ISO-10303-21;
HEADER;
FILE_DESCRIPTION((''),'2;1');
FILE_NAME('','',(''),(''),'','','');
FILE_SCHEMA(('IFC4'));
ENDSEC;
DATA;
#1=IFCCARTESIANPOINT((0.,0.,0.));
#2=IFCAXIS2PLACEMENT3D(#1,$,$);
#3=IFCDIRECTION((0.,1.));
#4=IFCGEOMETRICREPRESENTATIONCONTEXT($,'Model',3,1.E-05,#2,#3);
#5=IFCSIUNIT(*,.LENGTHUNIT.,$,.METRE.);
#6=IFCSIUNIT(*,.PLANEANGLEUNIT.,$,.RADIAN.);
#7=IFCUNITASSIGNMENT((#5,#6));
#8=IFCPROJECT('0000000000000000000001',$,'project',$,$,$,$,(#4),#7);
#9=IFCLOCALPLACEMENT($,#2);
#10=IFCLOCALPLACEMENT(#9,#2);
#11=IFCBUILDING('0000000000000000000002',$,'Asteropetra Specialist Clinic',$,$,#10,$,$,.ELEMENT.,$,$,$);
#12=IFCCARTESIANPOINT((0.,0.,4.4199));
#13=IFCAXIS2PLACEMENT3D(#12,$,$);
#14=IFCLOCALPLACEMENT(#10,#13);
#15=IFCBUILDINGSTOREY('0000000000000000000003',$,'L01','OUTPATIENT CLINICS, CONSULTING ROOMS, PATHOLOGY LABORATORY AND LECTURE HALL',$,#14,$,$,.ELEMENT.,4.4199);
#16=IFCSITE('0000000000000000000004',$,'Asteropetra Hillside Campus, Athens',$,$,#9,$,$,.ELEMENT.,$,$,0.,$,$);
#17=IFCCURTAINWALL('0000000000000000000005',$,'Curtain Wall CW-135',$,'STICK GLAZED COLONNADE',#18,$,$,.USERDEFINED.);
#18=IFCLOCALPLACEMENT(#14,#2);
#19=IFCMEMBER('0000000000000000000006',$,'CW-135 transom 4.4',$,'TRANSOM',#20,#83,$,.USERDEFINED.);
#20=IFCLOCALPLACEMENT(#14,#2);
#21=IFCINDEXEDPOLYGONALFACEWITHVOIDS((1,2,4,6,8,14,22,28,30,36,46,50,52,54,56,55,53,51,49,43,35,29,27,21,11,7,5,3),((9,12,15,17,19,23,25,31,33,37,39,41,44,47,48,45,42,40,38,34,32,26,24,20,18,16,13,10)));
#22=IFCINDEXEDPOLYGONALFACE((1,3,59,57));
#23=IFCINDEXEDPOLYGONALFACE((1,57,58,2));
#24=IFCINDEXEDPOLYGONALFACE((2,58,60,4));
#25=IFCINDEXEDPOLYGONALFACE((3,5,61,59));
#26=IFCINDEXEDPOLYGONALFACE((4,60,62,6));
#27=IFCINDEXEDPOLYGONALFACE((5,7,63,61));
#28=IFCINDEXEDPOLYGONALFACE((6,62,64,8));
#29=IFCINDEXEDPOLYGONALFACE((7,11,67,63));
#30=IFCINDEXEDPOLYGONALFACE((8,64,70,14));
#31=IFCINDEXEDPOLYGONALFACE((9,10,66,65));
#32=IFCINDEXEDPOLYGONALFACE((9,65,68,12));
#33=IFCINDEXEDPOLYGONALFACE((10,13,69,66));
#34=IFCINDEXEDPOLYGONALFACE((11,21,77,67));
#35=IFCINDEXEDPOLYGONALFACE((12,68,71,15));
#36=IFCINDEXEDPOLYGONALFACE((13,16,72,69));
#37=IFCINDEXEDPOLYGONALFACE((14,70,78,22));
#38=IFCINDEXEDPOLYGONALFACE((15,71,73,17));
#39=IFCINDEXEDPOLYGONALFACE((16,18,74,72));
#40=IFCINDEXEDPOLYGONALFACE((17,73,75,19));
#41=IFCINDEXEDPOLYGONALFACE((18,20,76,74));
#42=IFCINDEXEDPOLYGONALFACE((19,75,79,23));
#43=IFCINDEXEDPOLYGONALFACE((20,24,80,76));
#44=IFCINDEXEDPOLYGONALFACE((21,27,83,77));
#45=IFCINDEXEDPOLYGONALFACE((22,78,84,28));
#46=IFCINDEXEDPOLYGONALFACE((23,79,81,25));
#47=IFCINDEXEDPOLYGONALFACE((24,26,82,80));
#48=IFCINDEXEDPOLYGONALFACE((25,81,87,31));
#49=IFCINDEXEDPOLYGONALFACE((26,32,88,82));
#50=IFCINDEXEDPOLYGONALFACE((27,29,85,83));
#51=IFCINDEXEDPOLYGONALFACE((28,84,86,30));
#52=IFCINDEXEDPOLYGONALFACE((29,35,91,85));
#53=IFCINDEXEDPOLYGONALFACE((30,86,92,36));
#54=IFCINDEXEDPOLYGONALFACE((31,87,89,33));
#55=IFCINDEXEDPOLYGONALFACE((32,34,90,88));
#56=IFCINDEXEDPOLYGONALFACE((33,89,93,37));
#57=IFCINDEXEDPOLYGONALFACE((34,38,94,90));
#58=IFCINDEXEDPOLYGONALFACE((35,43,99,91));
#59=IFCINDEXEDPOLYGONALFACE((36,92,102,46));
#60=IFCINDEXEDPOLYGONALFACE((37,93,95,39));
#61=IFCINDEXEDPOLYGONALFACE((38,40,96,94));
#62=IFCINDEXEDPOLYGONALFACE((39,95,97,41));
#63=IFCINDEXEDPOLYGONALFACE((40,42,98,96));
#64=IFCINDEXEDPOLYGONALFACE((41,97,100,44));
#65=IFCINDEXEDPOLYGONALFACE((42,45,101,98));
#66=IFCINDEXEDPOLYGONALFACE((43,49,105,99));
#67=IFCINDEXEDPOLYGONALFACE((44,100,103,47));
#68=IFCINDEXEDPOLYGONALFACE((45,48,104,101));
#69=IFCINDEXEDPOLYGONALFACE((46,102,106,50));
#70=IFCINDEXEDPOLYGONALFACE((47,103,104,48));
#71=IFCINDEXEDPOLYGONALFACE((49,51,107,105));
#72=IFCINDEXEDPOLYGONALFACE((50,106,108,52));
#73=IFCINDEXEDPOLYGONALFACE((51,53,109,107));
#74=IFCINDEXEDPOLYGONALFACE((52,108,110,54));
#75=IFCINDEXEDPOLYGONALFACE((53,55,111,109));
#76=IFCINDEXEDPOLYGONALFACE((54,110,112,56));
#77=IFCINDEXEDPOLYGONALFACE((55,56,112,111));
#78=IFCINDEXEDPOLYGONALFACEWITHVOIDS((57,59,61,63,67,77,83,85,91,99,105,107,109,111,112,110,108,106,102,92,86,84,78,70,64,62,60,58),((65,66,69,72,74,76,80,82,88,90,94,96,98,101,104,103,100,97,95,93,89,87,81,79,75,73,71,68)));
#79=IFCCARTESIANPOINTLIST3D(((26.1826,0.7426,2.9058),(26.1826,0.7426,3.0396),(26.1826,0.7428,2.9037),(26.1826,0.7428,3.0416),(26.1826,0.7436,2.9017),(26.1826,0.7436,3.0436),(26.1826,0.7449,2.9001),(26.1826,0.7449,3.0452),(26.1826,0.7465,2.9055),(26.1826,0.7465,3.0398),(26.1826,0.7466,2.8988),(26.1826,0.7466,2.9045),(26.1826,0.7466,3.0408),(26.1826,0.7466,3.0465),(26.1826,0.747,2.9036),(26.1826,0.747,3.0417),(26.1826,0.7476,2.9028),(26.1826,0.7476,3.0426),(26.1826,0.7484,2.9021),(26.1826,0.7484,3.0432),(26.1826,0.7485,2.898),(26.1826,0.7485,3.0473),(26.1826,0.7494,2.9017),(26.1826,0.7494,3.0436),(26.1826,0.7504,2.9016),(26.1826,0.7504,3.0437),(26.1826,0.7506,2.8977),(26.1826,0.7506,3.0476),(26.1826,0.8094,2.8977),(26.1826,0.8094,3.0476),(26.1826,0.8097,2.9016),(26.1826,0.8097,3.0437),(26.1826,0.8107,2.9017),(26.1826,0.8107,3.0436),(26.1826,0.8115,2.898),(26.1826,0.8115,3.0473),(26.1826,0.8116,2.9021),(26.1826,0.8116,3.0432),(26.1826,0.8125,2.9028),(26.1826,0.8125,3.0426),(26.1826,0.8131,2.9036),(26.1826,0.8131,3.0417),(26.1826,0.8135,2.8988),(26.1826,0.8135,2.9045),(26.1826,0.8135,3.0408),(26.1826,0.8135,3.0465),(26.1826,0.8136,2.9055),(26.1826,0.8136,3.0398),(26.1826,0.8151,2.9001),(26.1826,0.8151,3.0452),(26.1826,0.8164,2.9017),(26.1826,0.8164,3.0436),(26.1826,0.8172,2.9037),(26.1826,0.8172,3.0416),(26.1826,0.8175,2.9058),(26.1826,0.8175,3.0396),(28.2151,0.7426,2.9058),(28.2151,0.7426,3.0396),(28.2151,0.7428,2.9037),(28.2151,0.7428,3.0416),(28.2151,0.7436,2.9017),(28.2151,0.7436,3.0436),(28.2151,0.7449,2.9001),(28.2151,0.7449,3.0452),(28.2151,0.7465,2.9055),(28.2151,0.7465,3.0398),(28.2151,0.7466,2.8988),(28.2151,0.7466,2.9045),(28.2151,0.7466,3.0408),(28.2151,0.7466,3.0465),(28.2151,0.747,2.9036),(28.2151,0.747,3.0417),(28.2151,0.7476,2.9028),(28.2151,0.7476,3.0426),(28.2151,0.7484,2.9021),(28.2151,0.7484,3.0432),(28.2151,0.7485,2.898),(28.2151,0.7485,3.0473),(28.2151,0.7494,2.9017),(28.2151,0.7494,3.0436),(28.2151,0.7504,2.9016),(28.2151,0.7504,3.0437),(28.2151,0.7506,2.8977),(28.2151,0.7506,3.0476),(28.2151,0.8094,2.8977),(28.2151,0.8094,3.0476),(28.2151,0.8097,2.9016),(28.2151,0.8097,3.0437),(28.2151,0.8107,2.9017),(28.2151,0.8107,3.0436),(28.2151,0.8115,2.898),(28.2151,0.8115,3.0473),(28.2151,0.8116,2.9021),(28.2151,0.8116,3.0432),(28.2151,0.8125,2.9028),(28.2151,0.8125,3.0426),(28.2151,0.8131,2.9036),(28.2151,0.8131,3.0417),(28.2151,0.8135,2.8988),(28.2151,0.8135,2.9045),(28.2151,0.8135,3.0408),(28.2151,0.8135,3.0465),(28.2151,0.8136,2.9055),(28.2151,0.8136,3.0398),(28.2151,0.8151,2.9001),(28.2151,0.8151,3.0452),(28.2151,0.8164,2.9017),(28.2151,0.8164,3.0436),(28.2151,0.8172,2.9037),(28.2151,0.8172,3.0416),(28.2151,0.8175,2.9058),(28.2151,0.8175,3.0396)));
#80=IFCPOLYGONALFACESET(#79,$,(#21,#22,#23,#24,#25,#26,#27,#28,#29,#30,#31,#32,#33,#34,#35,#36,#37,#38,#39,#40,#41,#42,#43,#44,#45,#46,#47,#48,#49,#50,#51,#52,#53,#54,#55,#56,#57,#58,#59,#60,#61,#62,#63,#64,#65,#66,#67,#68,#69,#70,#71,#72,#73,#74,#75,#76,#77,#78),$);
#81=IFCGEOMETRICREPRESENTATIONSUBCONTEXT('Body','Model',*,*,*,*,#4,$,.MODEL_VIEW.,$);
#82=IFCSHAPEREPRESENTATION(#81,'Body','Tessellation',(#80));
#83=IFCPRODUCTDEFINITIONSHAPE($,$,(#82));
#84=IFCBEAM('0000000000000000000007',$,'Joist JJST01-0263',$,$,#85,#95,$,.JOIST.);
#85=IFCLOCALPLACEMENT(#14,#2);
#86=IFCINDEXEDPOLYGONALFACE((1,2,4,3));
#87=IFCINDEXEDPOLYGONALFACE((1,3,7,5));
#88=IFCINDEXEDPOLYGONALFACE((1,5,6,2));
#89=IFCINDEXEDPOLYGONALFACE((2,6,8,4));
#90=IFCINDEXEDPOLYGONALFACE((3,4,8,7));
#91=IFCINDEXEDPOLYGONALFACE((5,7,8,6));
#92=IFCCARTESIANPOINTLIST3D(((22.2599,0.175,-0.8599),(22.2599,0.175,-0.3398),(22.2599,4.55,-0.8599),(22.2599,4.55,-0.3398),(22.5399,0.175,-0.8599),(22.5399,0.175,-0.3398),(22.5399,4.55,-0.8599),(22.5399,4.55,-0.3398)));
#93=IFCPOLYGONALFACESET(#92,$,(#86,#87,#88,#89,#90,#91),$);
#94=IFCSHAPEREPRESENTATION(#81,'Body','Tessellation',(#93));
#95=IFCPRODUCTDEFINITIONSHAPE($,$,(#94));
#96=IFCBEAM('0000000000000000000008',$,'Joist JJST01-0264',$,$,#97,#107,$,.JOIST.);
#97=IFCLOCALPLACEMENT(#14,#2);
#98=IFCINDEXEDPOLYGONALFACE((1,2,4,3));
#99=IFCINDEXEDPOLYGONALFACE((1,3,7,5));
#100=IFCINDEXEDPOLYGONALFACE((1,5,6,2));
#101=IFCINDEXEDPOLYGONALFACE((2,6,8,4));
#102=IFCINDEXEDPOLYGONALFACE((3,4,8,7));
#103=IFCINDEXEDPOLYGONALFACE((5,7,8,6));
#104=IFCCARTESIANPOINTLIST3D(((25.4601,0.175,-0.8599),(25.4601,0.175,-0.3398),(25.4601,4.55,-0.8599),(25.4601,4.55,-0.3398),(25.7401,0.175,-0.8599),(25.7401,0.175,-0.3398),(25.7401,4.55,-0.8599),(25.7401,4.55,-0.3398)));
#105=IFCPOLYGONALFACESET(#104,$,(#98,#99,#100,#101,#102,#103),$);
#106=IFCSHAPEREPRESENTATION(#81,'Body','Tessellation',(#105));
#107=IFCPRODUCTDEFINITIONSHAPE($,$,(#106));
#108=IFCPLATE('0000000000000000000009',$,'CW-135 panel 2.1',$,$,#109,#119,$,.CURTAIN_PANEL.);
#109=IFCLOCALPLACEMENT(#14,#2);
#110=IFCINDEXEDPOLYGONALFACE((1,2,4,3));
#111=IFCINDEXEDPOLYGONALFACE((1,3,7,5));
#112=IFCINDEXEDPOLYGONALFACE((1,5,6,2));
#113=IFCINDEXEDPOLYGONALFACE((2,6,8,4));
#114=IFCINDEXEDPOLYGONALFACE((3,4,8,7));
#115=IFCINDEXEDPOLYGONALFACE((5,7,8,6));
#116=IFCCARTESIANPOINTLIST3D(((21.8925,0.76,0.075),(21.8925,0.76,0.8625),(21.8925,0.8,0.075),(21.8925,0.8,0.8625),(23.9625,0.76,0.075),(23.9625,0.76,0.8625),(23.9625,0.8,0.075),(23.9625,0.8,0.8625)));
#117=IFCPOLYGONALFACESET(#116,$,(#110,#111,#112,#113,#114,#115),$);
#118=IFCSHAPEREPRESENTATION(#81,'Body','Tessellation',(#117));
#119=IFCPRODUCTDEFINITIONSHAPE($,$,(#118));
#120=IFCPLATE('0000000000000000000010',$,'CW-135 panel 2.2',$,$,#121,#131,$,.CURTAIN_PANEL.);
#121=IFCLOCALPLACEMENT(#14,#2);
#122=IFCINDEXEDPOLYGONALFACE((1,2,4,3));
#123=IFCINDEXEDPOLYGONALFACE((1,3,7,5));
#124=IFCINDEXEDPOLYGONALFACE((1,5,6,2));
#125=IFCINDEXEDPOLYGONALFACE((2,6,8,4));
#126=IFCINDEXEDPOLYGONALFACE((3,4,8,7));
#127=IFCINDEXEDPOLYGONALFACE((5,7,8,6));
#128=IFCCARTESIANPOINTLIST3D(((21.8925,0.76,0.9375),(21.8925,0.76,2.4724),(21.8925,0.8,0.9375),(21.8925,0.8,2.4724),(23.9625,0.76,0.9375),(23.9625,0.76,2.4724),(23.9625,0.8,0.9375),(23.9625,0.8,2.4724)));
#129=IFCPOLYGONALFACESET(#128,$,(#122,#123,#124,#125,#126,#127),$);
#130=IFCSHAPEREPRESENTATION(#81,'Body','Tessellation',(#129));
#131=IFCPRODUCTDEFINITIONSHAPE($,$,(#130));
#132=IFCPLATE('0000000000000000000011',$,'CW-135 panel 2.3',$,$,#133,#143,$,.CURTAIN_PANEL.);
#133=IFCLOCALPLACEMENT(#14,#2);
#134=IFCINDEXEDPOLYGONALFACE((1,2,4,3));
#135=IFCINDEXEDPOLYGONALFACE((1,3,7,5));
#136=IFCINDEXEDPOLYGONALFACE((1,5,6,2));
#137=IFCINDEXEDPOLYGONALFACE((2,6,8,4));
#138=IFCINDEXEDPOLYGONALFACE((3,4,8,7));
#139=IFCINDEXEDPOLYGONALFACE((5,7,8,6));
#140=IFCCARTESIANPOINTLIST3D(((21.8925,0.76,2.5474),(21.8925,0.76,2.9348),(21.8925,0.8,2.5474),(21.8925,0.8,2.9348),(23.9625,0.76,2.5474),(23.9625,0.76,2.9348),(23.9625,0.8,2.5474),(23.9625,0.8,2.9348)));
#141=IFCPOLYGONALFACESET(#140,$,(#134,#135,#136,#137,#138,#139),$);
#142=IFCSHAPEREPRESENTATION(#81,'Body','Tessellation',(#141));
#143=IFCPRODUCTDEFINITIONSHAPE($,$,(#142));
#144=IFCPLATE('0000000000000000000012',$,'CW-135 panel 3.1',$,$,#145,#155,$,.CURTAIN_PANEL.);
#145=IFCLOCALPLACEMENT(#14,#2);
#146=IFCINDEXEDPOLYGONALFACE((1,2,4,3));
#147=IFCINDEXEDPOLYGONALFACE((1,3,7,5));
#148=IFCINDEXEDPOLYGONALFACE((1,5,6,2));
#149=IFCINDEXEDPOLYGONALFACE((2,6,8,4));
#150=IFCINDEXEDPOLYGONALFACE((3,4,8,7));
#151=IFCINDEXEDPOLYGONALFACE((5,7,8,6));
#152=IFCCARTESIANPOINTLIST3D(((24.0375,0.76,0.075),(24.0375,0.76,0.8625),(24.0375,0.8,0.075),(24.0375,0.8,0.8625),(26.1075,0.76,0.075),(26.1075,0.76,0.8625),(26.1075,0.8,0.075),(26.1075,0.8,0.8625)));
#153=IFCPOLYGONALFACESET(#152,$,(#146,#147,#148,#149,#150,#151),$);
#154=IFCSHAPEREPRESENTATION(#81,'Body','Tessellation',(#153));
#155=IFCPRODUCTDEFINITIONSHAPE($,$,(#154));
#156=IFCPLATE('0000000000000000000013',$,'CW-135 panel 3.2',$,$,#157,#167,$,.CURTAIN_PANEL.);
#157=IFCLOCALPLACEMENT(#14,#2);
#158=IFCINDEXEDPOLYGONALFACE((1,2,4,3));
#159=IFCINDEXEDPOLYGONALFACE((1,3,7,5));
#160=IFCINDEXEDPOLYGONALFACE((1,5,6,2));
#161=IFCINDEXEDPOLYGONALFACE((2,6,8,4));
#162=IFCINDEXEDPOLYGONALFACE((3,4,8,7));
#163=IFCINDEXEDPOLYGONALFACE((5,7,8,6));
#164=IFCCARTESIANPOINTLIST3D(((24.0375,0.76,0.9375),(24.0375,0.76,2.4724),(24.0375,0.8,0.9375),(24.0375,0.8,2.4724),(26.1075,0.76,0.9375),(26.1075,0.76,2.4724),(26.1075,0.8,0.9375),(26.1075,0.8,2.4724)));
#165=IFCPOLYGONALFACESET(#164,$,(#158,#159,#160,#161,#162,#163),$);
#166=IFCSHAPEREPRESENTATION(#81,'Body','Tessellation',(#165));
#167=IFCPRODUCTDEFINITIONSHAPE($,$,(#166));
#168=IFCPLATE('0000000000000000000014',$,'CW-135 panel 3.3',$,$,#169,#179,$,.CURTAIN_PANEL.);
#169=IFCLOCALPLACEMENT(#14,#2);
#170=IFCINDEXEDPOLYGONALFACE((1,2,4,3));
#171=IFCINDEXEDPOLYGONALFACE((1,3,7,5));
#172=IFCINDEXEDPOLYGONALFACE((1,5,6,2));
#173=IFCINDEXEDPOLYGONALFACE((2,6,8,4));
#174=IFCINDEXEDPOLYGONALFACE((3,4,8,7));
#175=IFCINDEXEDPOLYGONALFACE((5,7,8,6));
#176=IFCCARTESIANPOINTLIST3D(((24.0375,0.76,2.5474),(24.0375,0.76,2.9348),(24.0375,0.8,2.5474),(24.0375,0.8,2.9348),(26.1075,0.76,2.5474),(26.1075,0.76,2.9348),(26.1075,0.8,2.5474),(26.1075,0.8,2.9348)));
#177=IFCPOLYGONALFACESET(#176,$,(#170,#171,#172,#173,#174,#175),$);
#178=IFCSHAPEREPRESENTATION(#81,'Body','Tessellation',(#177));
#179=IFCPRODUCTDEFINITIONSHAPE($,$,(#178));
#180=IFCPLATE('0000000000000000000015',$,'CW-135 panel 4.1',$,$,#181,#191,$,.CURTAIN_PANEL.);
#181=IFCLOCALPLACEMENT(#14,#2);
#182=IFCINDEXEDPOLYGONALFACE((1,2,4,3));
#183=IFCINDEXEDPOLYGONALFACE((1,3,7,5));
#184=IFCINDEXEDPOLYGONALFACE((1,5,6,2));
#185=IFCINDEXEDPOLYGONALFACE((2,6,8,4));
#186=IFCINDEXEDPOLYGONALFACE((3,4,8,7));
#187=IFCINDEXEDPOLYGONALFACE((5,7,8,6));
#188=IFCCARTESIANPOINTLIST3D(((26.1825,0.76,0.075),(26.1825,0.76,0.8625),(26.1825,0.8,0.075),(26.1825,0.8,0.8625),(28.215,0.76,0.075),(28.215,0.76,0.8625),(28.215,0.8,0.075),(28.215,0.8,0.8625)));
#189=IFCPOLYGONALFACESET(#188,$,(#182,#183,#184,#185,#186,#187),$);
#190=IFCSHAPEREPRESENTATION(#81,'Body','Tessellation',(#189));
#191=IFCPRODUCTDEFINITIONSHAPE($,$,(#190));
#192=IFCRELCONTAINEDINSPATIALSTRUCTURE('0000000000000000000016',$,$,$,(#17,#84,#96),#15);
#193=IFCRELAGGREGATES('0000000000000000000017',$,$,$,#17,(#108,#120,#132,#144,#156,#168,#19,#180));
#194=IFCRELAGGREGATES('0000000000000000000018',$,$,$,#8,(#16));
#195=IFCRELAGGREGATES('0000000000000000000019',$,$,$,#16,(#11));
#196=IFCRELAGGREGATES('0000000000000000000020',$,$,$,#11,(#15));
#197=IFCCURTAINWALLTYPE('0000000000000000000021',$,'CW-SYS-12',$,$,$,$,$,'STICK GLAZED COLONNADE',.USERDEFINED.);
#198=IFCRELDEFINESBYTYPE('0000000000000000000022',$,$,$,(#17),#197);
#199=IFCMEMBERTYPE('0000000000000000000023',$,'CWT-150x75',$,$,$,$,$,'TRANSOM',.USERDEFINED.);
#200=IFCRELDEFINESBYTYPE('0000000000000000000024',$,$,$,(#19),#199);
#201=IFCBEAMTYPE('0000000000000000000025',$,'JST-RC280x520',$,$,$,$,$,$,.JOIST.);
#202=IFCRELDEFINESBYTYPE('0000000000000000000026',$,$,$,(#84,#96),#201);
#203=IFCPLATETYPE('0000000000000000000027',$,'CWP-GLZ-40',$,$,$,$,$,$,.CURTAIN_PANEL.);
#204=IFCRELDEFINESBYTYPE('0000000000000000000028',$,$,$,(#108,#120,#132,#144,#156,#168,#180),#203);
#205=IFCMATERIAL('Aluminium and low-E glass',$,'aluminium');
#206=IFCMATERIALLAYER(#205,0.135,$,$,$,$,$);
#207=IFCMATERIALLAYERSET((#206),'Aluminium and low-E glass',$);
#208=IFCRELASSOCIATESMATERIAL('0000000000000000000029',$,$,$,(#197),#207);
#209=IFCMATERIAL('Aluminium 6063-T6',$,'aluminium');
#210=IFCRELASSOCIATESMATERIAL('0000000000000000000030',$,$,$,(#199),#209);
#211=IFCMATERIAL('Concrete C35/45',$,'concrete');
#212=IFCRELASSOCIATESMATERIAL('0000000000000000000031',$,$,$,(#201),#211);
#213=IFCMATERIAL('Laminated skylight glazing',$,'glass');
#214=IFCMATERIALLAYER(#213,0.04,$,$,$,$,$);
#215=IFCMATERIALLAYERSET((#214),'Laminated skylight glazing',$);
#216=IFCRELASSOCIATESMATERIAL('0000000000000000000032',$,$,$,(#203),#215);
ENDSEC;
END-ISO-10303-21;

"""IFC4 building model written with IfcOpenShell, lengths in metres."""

from ifc_helpers import new_model, si_unit, direction, frame, origin, origin_2d, place, context, subcontext, project, spatial, rectangle, hollow_rectangle, extrude, material, layer, layer_set, material_profile, profile_set, type_object, element, aggregate, save


model = new_model("IFC4")

# Units and contexts
model_context = context("Model", 3, precision=1e-05, world=origin(), true_north=direction((0.0, 1.0)))
body_context = subcontext(model_context, "Body", "Model", "MODEL_VIEW")
ifc_project = project(units=[si_unit("LENGTHUNIT", "METRE"), si_unit("PLANEANGLEUNIT", "RADIAN")], contexts=[model_context])

# Site, building, storey
site_placement = place(None, origin())
site = spatial("IfcSite", under=ifc_project, at=site_placement, Name="Asteropetra Hillside Campus, Athens", CompositionType="ELEMENT", RefElevation=0.0)
building_placement = place(site_placement, origin())
building = spatial("IfcBuilding", under=site, at=building_placement, Name="Asteropetra Specialist Clinic", CompositionType="ELEMENT")
storey_placement = place(building_placement, frame((0.0, 0.0, 4.4199)))
storey = spatial("IfcBuildingStorey", under=building, at=storey_placement, Name="L01", Description="OUTPATIENT CLINICS, CONSULTING ROOMS, PATHOLOGY LABORATORY AND LECTURE HALL", CompositionType="ELEMENT", Elevation=4.4199)

# Curtain wall, member
ifc_material_1 = material(Name="Aluminium and low-E glass", Category="aluminium")
ifc_layer_1 = layer(ifc_material_1, 0.135)
ifc_layer_set_1 = layer_set([ifc_layer_1], Name="Aluminium and low-E glass")
curtain_wall_type = type_object("IfcCurtainWallType", Name="CW-SYS-12", ElementType="STICK GLAZED COLONNADE", PredefinedType="USERDEFINED", material=ifc_layer_set_1)
curtain_wall_placement = place(storey_placement, origin())
curtain_wall = element("IfcCurtainWall", 1, at=curtain_wall_placement, inside=storey, type_object=curtain_wall_type, Name="Curtain Wall CW-135", ObjectType="STICK GLAZED COLONNADE", PredefinedType="USERDEFINED")
ifc_material_2 = material(Name="Aluminium 6063-T6", Category="aluminium")
ifc_material_profile_1 = material_profile(ifc_material_2, hollow_rectangle(XDim=0.075, YDim=0.1499, WallThickness=0.0039, InnerFilletRadius=0.0039, OuterFilletRadius=0.0081, at=origin_2d()), Name="TRN 150x75x4.0")
ifc_profile_set_1 = profile_set([ifc_material_profile_1], Name="Aluminium 6063-T6")
member_type_1 = type_object("IfcMemberType", Name="CWT-150x75", ElementType="TRANSOM", PredefinedType="USERDEFINED", material=ifc_profile_set_1)
member_1_placement = place(storey_placement, frame((26.1826, 0.78, 2.9727), z_axis=(1.0, 0.0, 0.0), x_axis=(0.0, 1.0, 0.0)))
member_1 = element("IfcMember", 2, at=member_1_placement, type_object=member_type_1, Name="CW-135 transom 4.4", ObjectType="TRANSOM", PredefinedType="USERDEFINED", context=body_context, shape_type="SweptSolid", body=[
    extrude(hollow_rectangle(XDim=0.075, YDim=0.1499, WallThickness=0.0039, InnerFilletRadius=0.0039, OuterFilletRadius=0.0081, at=origin_2d()), origin(), (0.0, 0.0, 1.0), 2.0325),
])

# Beams
ifc_material_3 = material(Name="Concrete C35/45", Category="concrete")
ifc_material_profile_2 = material_profile(ifc_material_3, rectangle(XDim=0.28, YDim=0.52, at=origin_2d()), Name="RCJ 280x520")
ifc_profile_set_2 = profile_set([ifc_material_profile_2], Name="Concrete C35/45")
beam_type = type_object("IfcBeamType", Name="JST-RC280x520", PredefinedType="JOIST", material=ifc_profile_set_2)
for number, where, z_axis, x_axis, name in (
    (3, (22.3999, 0.175, -0.5999), (0.0, 1.0, 0.0), (-1.0, 0.0, 0.0), "Joist JJST01-0263"),
    (4, (25.6001, 0.175, -0.5999), (0.0, 1.0, 0.0), (-1.0, 0.0, 0.0), "Joist JJST01-0264"),
):
    element("IfcBeam", number, at=place(storey_placement, frame(where, z_axis=z_axis, x_axis=x_axis)), inside=storey, type_object=beam_type, Name=name, PredefinedType="JOIST", context=body_context, shape_type="SweptSolid", body=[
        extrude(rectangle(XDim=0.28, YDim=0.52, at=origin_2d()), origin(), (0.0, 0.0, 1.0), 4.375),
    ])

# Plates
ifc_material_4 = material(Name="Laminated skylight glazing", Category="glass")
ifc_layer_2 = layer(ifc_material_4, 0.04)
ifc_layer_set_2 = layer_set([ifc_layer_2], Name="Laminated skylight glazing")
plate_type = type_object("IfcPlateType", Name="CWP-GLZ-40", PredefinedType="CURTAIN_PANEL", material=ifc_layer_set_2)
plate_1_placement = place(storey_placement, frame((22.9275, 0.78, 0.075), z_axis=(0.0, 0.0, 1.0), x_axis=(1.0, 0.0, 0.0)))
plate_1 = element("IfcPlate", 5, at=plate_1_placement, type_object=plate_type, Name="CW-135 panel 2.1", PredefinedType="CURTAIN_PANEL", context=body_context, shape_type="SweptSolid", body=[
    extrude(rectangle(XDim=2.0701, YDim=0.04, at=origin_2d()), origin(), (0.0, 0.0, 1.0), 0.7876),
])
plate_2_placement = place(storey_placement, frame((22.9275, 0.78, 0.9375), z_axis=(0.0, 0.0, 1.0), x_axis=(1.0, 0.0, 0.0)))
plate_2 = element("IfcPlate", 6, at=plate_2_placement, type_object=plate_type, Name="CW-135 panel 2.2", PredefinedType="CURTAIN_PANEL", context=body_context, shape_type="SweptSolid", body=[
    extrude(rectangle(XDim=2.0701, YDim=0.04, at=origin_2d()), origin(), (0.0, 0.0, 1.0), 1.5349),
])
plate_3_placement = place(storey_placement, frame((22.9275, 0.78, 2.5474), z_axis=(0.0, 0.0, 1.0), x_axis=(1.0, 0.0, 0.0)))
plate_3 = element("IfcPlate", 7, at=plate_3_placement, type_object=plate_type, Name="CW-135 panel 2.3", PredefinedType="CURTAIN_PANEL", context=body_context, shape_type="SweptSolid", body=[
    extrude(rectangle(XDim=2.0701, YDim=0.04, at=origin_2d()), origin(), (0.0, 0.0, 1.0), 0.3875),
])
plate_4_placement = place(storey_placement, frame((25.0725, 0.78, 0.075), z_axis=(0.0, 0.0, 1.0), x_axis=(1.0, 0.0, 0.0)))
plate_4 = element("IfcPlate", 8, at=plate_4_placement, type_object=plate_type, Name="CW-135 panel 3.1", PredefinedType="CURTAIN_PANEL", context=body_context, shape_type="SweptSolid", body=[
    extrude(rectangle(XDim=2.0701, YDim=0.04, at=origin_2d()), origin(), (0.0, 0.0, 1.0), 0.7876),
])
plate_5_placement = place(storey_placement, frame((25.0725, 0.78, 0.9375), z_axis=(0.0, 0.0, 1.0), x_axis=(1.0, 0.0, 0.0)))
plate_5 = element("IfcPlate", 9, at=plate_5_placement, type_object=plate_type, Name="CW-135 panel 3.2", PredefinedType="CURTAIN_PANEL", context=body_context, shape_type="SweptSolid", body=[
    extrude(rectangle(XDim=2.0701, YDim=0.04, at=origin_2d()), origin(), (0.0, 0.0, 1.0), 1.5349),
])
plate_6_placement = place(storey_placement, frame((25.0725, 0.78, 2.5474), z_axis=(0.0, 0.0, 1.0), x_axis=(1.0, 0.0, 0.0)))
plate_6 = element("IfcPlate", 10, at=plate_6_placement, type_object=plate_type, Name="CW-135 panel 3.3", PredefinedType="CURTAIN_PANEL", context=body_context, shape_type="SweptSolid", body=[
    extrude(rectangle(XDim=2.0701, YDim=0.04, at=origin_2d()), origin(), (0.0, 0.0, 1.0), 0.3875),
])
plate_7_placement = place(storey_placement, frame((27.1987, 0.78, 0.075), z_axis=(0.0, 0.0, 1.0), x_axis=(1.0, 0.0, 0.0)))
plate_7 = element("IfcPlate", 11, at=plate_7_placement, type_object=plate_type, Name="CW-135 panel 4.1", PredefinedType="CURTAIN_PANEL", context=body_context, shape_type="SweptSolid", body=[
    extrude(rectangle(XDim=2.0325, YDim=0.04, at=origin_2d()), origin(), (0.0, 0.0, 1.0), 0.7876),
])
aggregate(curtain_wall, [plate_1, plate_2, plate_3, plate_4, plate_5, plate_6, member_1, plate_7])

save(model, "model.ifc")
